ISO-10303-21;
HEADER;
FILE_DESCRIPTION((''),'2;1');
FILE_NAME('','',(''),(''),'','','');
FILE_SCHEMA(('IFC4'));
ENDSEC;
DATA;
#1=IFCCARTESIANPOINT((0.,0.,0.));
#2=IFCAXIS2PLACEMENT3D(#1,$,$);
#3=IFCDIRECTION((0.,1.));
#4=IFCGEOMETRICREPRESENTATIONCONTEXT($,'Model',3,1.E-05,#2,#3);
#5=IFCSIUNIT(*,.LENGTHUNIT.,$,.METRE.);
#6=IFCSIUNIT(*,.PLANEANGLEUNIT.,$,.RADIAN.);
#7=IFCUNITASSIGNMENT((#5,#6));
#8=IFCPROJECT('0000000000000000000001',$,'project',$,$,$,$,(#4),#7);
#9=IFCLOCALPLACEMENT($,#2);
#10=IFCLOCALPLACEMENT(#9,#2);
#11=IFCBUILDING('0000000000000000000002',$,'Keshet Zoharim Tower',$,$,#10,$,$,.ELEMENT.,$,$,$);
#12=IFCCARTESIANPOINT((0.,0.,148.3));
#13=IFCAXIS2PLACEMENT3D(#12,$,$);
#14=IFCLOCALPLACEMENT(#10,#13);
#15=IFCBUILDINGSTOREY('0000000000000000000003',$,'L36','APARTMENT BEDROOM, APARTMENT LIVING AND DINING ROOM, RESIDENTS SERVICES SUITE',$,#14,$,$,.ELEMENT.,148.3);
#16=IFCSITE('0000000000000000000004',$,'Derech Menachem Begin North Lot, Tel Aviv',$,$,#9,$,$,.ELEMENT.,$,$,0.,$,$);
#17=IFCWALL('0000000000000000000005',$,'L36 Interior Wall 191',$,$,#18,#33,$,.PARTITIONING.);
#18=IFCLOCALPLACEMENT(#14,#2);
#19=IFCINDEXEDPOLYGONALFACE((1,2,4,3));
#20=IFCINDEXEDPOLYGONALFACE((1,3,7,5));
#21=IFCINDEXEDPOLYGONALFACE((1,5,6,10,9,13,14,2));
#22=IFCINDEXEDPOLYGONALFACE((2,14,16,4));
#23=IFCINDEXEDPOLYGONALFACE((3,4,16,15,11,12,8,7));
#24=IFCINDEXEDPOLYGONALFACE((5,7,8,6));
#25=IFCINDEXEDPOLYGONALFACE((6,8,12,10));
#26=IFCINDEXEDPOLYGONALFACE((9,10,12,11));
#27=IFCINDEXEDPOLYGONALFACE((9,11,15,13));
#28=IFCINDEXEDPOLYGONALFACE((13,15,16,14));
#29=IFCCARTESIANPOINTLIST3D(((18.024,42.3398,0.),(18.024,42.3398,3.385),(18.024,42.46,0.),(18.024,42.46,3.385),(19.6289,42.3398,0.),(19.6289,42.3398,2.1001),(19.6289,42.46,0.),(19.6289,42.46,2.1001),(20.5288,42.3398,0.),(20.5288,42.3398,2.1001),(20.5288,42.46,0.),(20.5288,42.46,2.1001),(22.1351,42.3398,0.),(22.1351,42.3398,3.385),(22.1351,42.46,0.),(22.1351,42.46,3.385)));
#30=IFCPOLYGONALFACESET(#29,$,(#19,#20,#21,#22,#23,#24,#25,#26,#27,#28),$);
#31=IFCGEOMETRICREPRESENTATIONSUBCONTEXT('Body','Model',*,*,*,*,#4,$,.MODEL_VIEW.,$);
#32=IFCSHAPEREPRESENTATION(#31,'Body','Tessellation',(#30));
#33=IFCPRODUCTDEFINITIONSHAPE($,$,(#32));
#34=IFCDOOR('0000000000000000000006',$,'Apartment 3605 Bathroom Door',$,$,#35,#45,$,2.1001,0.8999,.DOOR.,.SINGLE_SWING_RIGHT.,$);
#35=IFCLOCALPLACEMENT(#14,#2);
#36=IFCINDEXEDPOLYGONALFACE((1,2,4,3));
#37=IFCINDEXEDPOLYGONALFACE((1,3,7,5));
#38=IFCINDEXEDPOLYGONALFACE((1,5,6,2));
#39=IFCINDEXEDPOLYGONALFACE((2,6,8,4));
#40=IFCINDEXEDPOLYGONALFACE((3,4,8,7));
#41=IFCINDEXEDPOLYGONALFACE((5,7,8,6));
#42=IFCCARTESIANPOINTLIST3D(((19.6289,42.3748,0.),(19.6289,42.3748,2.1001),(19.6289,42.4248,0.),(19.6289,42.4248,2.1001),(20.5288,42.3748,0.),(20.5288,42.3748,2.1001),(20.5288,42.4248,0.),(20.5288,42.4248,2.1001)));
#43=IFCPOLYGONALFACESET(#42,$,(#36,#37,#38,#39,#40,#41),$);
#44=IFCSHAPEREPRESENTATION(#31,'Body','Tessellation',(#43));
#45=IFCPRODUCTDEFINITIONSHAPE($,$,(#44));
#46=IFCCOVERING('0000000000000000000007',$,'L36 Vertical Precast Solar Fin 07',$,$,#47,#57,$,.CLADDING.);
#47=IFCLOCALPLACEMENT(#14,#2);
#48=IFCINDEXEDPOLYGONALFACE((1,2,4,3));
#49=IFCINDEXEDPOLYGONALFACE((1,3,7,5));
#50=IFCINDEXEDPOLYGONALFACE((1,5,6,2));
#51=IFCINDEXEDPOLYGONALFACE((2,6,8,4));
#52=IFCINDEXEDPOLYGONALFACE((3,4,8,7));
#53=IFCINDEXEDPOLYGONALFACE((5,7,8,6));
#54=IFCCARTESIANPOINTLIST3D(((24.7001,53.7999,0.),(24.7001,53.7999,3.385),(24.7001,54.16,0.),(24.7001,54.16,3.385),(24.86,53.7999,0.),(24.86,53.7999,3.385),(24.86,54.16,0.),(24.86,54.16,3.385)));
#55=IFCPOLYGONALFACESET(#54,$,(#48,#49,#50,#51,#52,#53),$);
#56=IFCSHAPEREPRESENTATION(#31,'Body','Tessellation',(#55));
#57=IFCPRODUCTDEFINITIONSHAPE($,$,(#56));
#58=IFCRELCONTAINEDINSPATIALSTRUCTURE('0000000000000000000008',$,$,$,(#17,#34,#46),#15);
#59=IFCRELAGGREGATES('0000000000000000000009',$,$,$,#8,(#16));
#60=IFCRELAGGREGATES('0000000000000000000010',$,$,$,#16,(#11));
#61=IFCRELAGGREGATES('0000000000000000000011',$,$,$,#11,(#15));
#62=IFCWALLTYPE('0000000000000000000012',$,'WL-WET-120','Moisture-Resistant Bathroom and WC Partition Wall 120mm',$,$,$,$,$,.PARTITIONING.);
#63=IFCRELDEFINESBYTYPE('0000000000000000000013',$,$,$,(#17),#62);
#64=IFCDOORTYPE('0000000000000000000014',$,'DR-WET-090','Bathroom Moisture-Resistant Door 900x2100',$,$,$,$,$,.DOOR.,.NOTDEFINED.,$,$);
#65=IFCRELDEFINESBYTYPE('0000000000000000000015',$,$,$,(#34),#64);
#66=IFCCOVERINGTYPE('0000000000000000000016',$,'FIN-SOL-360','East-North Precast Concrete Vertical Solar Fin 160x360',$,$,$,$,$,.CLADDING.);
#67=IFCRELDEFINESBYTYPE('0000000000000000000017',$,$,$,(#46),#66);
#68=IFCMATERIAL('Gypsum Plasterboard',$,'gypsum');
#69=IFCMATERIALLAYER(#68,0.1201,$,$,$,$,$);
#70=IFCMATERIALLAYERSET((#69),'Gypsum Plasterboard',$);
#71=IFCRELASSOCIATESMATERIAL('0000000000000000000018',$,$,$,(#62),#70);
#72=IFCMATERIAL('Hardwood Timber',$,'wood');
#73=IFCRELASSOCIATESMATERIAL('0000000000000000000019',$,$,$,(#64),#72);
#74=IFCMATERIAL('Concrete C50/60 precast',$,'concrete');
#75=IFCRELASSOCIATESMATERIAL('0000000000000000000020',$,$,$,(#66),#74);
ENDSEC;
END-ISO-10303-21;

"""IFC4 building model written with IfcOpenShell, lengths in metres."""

from ifc_helpers import new_model, si_unit, direction, frame, frame_2d, origin, origin_2d, place, context, subcontext, project, spatial, rectangle, extrude, material, layer, layer_set, type_object, element, fill, save


model = new_model("IFC4")

# Units and contexts
model_context = context("Model", 3, precision=1e-05, world=origin(), true_north=direction((0.0, 1.0)))
body_context = subcontext(model_context, "Body", "Model", "MODEL_VIEW")
ifc_project = project(units=[si_unit("LENGTHUNIT", "METRE"), si_unit("PLANEANGLEUNIT", "RADIAN")], contexts=[model_context])

# Site, building, storey
site_placement = place(None, origin())
site = spatial("IfcSite", under=ifc_project, at=site_placement, Name="Derech Menachem Begin North Lot, Tel Aviv", CompositionType="ELEMENT", RefElevation=0.0)
building_placement = place(site_placement, origin())
building = spatial("IfcBuilding", under=site, at=building_placement, Name="Keshet Zoharim Tower", CompositionType="ELEMENT")
storey_placement = place(building_placement, frame((0.0, 0.0, 148.3)))
storey = spatial("IfcBuildingStorey", under=building, at=storey_placement, Name="L36", Description="APARTMENT BEDROOM, APARTMENT LIVING AND DINING ROOM, RESIDENTS SERVICES SUITE", CompositionType="ELEMENT", Elevation=148.3)

# Shared definitions
ifc_material_1 = material(Name="Gypsum Plasterboard", Category="gypsum")

# Shared definitions
ifc_material_2 = material(Name="Hardwood Timber", Category="wood")

# Shared definitions
ifc_layer_1 = layer(ifc_material_1, 0.1201)
ifc_layer_set_1 = layer_set([ifc_layer_1], Name="Gypsum Plasterboard")
wall_type_1 = type_object("IfcWallType", Name="WL-WET-120", Description="Moisture-Resistant Bathroom and WC Partition Wall 120mm", PredefinedType="PARTITIONING", material=ifc_layer_set_1)

# Wall, opening, door
wall_1_placement = place(storey_placement, frame((18.0239, 42.3999, 0.0), z_axis=(0.0, 0.0, 1.0), x_axis=(1.0, 0.0, 0.0)))
wall_1 = element("IfcWall", 1, at=wall_1_placement, inside=storey, type_object=wall_type_1, Name="L36 Interior Wall 191", PredefinedType="PARTITIONING", context=body_context, shape_type="SweptSolid", body=[
    extrude(rectangle(XDim=4.1111, YDim=0.1201, at=frame_2d((2.0557, 0.0))), origin(), (0.0, 0.0, 1.0), 3.385),
])
opening_1_placement = place(wall_1_placement, frame((1.605, 0.0, 0.0)))
opening_1 = element("IfcOpeningElement", 2, at=opening_1_placement, cuts=wall_1, PredefinedType="OPENING", context=body_context, shape_type="SweptSolid", body=[
    extrude(rectangle(XDim=0.8999, YDim=2.1001, at=frame_2d((0.45, 1.05))), frame((0.0, 0.0701, 0.0), z_axis=(0.0, -1.0, 0.0), x_axis=(1.0, 0.0, 0.0)), (0.0, 0.0, 1.0), 0.1401),
])
door_type_1 = type_object("IfcDoorType", Name="DR-WET-090", Description="Bathroom Moisture-Resistant Door 900x2100", OperationType="NOTDEFINED", PredefinedType="DOOR", material=ifc_material_2)
door_1_placement = place(opening_1_placement, origin())
door_1 = element("IfcDoor", 3, at=door_1_placement, inside=storey, type_object=door_type_1, Name="Apartment 3605 Bathroom Door", OperationType="SINGLE_SWING_RIGHT", OverallHeight=2.1001, OverallWidth=0.8999, PredefinedType="DOOR", context=body_context, shape_type="SweptSolid", body=[
    extrude(rectangle(XDim=0.8999, YDim=2.1001, at=frame_2d((0.45, 1.05))), frame((0.0, 0.0249, 0.0), z_axis=(0.0, -1.0, 0.0), x_axis=(1.0, 0.0, 0.0)), (0.0, 0.0, 1.0), 0.05),
])
fill(opening_1, door_1)

# Covering
ifc_material_3 = material(Name="Concrete C50/60 precast", Category="concrete")
covering_type = type_object("IfcCoveringType", Name="FIN-SOL-360", Description="East-North Precast Concrete Vertical Solar Fin 160x360", PredefinedType="CLADDING", material=ifc_material_3)
covering_placement = place(storey_placement, frame((24.78, 53.98, 0.0), z_axis=(0.0, 0.0, 1.0), x_axis=(1.0, 0.0, 0.0)))
element("IfcCovering", 4, at=covering_placement, inside=storey, type_object=covering_type, Name="L36 Vertical Precast Solar Fin 07", PredefinedType="CLADDING", context=body_context, shape_type="SweptSolid", body=[
    extrude(rectangle(XDim=0.1599, YDim=0.3601, at=origin_2d()), origin(), (0.0, 0.0, 1.0), 3.385),
])

save(model, "model.ifc")
